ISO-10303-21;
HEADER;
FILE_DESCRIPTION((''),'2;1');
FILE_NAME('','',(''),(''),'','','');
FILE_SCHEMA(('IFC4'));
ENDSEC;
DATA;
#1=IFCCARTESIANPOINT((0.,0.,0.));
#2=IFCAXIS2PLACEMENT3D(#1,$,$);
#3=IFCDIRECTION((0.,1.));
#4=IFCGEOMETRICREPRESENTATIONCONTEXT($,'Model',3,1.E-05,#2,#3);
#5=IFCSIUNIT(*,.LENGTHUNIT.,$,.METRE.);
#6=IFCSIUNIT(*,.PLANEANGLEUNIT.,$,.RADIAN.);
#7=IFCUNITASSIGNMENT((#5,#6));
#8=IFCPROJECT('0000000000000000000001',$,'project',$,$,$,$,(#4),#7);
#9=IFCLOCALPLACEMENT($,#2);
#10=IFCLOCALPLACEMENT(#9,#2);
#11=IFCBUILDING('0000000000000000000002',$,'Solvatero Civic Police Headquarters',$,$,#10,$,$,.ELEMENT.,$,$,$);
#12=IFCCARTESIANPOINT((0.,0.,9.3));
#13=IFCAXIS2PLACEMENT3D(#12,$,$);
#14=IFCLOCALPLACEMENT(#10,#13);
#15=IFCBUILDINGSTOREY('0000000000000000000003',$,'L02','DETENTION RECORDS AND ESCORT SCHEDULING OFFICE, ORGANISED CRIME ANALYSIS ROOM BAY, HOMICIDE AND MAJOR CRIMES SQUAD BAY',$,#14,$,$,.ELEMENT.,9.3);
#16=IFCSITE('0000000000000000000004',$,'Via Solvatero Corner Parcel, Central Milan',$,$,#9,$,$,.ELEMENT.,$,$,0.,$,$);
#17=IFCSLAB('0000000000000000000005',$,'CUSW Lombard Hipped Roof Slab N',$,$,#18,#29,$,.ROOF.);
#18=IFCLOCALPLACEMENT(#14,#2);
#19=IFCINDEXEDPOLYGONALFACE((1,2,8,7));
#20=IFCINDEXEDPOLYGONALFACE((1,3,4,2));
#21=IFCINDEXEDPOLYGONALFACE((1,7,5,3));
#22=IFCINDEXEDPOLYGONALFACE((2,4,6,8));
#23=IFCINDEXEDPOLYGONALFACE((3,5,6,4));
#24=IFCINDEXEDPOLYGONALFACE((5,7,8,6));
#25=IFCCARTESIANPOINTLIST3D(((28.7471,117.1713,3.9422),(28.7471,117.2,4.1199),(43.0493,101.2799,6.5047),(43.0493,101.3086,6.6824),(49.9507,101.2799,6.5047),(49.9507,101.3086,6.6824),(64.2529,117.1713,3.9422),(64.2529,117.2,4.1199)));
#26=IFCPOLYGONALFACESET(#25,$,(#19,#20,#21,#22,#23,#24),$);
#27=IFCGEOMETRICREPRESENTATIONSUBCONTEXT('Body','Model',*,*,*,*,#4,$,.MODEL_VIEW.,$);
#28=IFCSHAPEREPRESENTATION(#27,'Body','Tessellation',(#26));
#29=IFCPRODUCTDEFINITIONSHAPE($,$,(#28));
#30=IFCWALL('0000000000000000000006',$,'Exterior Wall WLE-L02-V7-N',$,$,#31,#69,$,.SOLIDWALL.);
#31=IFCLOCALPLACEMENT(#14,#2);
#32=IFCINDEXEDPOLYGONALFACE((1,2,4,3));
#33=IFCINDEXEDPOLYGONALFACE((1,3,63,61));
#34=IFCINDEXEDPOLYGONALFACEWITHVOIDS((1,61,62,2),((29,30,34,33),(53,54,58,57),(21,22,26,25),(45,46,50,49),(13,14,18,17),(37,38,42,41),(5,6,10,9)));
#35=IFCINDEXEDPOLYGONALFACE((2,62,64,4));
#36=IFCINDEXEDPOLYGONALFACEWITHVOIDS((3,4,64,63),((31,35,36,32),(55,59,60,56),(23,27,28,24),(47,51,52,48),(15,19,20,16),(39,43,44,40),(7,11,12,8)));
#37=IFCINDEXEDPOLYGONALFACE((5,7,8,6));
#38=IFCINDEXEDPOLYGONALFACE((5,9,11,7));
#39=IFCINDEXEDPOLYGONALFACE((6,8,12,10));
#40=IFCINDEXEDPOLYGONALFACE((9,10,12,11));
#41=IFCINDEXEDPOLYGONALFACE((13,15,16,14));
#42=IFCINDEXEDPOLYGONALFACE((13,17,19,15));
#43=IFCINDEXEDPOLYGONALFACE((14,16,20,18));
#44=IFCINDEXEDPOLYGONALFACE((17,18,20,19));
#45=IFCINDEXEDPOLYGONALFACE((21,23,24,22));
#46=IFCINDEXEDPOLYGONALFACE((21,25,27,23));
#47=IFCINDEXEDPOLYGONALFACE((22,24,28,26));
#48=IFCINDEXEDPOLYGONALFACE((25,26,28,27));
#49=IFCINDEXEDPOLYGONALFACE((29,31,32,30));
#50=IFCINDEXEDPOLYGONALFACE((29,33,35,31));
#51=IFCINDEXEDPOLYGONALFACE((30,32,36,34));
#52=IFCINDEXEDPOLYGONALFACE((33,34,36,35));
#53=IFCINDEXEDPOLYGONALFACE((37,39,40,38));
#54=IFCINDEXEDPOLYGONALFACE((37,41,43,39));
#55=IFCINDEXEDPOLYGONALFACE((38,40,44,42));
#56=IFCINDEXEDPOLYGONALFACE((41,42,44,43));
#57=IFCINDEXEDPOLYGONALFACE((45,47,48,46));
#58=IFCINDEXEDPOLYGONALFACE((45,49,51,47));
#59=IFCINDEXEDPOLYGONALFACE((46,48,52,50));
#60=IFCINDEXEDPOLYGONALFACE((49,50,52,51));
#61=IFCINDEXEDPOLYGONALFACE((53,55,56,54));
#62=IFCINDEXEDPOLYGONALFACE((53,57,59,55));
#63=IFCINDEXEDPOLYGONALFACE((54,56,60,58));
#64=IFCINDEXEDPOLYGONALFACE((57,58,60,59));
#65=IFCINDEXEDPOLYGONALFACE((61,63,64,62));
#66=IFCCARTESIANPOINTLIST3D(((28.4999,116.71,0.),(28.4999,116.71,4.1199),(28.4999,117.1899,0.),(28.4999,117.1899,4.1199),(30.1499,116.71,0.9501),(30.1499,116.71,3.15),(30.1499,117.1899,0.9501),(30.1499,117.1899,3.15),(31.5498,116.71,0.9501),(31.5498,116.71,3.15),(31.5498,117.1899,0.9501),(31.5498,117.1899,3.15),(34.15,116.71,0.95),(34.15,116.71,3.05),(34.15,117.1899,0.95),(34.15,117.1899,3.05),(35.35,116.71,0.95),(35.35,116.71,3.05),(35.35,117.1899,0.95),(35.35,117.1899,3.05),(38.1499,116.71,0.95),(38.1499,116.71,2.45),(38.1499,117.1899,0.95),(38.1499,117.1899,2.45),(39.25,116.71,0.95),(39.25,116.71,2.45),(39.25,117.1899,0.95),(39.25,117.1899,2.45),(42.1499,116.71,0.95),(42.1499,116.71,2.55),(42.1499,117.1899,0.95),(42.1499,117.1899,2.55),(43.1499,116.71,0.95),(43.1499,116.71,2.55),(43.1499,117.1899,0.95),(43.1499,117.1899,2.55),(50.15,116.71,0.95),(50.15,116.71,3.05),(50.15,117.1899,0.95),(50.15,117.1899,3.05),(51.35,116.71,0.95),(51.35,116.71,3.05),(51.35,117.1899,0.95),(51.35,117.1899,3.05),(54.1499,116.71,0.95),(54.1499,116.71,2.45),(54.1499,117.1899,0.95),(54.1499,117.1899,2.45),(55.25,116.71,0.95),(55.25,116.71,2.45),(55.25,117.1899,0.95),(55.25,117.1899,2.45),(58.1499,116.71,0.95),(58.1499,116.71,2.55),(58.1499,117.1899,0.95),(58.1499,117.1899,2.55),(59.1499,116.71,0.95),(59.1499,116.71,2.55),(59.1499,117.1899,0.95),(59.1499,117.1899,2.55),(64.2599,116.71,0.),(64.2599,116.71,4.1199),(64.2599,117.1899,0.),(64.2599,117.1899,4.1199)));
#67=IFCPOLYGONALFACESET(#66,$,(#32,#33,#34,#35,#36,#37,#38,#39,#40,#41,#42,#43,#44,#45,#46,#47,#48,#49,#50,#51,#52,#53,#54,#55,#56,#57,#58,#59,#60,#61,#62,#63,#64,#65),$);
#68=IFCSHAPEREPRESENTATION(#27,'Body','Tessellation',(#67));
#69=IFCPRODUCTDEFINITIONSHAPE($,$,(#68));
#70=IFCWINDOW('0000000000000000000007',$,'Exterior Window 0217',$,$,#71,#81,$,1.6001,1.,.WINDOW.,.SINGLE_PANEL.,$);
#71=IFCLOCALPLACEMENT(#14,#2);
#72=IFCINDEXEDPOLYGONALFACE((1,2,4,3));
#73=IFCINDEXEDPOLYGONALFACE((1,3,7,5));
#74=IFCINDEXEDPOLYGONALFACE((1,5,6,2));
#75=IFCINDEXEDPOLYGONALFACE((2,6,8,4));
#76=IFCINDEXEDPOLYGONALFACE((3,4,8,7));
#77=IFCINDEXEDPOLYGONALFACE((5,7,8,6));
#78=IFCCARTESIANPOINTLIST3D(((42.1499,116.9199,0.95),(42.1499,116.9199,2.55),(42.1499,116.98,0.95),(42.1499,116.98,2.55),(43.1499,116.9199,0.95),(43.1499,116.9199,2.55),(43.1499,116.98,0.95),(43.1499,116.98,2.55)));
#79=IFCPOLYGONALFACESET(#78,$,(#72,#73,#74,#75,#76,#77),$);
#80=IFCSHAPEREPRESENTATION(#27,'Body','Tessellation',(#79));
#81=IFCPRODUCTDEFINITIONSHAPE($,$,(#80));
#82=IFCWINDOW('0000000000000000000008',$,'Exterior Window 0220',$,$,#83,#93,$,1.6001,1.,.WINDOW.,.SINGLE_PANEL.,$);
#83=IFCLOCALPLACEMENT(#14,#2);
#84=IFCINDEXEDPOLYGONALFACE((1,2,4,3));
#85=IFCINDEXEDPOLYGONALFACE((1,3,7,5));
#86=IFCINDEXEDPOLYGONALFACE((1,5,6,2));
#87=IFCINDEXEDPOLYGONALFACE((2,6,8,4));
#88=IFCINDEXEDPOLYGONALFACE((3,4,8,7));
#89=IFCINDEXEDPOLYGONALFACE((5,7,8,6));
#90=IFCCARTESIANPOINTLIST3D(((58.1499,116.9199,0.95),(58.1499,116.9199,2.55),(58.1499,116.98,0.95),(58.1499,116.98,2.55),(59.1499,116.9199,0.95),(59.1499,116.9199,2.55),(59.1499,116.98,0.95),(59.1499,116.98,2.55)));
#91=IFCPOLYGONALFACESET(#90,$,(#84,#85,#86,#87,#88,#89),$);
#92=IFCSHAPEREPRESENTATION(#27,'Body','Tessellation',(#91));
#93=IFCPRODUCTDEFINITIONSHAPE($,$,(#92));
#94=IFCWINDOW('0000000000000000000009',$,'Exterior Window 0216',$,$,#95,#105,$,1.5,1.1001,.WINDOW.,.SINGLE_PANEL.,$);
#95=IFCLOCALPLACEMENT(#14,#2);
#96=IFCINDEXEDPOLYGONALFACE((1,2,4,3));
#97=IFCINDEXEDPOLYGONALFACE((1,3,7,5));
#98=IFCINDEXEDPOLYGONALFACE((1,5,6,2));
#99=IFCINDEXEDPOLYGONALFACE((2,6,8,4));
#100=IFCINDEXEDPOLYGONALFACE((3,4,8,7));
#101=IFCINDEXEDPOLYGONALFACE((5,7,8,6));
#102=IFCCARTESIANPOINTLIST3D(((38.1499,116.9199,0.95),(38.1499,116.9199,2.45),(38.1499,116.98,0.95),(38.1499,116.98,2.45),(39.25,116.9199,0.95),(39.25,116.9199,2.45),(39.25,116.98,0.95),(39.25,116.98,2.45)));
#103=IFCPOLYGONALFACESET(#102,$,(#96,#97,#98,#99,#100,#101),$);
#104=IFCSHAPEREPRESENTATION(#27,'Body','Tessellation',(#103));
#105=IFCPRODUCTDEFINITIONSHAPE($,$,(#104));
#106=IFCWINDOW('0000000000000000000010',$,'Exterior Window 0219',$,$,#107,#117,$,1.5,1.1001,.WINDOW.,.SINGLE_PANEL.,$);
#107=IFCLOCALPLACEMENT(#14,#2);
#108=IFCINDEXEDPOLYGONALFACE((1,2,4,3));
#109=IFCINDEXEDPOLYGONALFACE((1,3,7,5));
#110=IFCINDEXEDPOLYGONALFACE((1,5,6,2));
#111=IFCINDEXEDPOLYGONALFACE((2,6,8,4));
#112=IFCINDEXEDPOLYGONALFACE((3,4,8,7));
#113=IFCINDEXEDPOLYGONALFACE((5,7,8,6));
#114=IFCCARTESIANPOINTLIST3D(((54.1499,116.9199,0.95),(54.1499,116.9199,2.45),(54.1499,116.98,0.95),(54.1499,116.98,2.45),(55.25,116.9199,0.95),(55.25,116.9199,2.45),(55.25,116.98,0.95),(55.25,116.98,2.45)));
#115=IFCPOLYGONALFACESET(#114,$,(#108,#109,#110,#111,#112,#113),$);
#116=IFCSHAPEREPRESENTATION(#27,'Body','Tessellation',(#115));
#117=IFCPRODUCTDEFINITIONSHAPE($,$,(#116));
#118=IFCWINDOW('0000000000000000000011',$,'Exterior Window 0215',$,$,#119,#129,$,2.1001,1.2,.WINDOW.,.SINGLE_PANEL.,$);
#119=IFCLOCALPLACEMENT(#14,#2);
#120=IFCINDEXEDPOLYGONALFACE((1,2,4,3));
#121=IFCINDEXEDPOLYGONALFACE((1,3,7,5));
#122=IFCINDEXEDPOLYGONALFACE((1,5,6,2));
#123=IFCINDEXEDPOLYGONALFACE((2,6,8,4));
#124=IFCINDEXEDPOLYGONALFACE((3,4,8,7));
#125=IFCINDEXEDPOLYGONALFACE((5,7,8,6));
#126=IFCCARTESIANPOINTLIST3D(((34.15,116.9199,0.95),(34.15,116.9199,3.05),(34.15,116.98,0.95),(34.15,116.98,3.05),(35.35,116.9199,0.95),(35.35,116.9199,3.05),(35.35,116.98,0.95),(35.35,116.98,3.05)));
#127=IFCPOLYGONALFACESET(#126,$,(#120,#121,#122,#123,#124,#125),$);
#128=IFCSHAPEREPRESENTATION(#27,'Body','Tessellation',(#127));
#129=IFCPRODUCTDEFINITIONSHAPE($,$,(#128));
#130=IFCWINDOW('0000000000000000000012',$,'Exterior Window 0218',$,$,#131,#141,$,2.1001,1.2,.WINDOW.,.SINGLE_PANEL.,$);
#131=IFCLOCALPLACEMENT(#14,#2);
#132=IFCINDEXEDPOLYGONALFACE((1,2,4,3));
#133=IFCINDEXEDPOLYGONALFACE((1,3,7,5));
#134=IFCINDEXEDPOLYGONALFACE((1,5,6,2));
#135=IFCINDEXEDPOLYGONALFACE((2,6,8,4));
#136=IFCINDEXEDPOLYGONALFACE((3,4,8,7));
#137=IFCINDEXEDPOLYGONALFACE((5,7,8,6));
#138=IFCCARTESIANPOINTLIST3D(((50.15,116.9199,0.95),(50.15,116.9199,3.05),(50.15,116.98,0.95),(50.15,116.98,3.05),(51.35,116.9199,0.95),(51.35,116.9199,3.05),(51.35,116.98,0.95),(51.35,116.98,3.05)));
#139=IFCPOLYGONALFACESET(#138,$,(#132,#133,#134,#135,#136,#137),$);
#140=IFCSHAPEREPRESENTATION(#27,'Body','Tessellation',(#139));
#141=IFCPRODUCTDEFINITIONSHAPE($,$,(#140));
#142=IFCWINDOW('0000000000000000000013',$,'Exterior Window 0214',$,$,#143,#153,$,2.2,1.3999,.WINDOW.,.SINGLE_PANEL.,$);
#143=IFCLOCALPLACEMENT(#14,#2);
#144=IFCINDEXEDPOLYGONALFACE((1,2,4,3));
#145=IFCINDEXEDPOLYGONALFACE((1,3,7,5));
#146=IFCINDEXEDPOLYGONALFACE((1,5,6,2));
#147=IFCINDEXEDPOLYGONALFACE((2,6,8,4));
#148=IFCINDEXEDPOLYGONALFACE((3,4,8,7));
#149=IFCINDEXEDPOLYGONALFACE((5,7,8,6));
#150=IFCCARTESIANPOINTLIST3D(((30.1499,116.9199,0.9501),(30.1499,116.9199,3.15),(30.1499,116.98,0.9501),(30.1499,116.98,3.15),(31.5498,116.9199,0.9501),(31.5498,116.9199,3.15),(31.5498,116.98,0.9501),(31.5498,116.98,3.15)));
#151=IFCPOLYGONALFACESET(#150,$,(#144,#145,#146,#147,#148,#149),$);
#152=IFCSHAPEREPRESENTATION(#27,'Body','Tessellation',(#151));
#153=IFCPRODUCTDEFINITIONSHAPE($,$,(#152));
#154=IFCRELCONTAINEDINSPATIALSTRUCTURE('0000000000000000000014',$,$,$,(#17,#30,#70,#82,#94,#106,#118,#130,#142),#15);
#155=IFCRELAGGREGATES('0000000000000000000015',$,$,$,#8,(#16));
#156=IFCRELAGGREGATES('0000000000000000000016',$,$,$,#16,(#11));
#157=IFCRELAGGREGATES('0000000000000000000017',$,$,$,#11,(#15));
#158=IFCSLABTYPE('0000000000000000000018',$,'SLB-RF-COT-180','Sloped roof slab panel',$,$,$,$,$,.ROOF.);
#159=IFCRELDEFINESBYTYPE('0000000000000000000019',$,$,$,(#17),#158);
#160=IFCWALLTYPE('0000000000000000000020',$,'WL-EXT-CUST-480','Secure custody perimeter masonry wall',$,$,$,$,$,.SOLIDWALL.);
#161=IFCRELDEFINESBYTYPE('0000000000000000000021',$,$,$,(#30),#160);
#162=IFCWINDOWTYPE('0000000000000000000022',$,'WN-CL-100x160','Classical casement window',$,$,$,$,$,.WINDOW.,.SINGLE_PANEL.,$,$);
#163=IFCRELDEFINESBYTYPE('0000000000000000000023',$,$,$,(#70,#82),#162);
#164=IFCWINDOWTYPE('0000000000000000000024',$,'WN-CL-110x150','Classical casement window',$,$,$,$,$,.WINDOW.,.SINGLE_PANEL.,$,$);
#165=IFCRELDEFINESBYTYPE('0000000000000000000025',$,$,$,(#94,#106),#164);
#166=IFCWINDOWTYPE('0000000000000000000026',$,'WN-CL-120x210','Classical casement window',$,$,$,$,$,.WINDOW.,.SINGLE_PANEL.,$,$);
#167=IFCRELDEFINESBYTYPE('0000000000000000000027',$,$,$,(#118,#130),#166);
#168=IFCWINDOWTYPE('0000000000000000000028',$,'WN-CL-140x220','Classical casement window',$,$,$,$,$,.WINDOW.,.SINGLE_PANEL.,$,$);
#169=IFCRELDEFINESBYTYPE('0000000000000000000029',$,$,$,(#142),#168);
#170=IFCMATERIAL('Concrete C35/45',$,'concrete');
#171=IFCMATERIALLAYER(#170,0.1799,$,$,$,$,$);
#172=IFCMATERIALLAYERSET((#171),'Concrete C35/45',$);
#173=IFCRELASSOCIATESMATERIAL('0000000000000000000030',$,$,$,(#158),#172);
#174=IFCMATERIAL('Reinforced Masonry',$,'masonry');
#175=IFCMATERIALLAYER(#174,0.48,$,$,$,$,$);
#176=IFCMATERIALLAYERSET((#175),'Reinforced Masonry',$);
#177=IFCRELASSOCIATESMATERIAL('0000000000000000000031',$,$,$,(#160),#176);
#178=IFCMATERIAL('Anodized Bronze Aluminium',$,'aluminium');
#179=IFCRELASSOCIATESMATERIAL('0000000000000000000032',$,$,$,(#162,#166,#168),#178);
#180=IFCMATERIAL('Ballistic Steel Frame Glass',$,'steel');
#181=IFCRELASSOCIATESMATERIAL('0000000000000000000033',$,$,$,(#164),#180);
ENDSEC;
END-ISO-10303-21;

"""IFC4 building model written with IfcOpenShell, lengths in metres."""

from ifc_helpers import new_model, si_unit, direction, frame, frame_2d, origin, place, context, subcontext, project, spatial, polyline, rectangle, outline, extrude, material, layer, layer_set, type_object, element, fill, save


model = new_model("IFC4")

# Units and contexts
model_context = context("Model", 3, precision=1e-05, world=origin(), true_north=direction((0.0, 1.0)))
body_context = subcontext(model_context, "Body", "Model", "MODEL_VIEW")
ifc_project = project(units=[si_unit("LENGTHUNIT", "METRE"), si_unit("PLANEANGLEUNIT", "RADIAN")], contexts=[model_context])

# Site, building, storey
site_placement = place(None, origin())
site = spatial("IfcSite", under=ifc_project, at=site_placement, Name="Via Solvatero Corner Parcel, Central Milan", CompositionType="ELEMENT", RefElevation=0.0)
building_placement = place(site_placement, origin())
building = spatial("IfcBuilding", under=site, at=building_placement, Name="Solvatero Civic Police Headquarters", CompositionType="ELEMENT")
storey_placement = place(building_placement, frame((0.0, 0.0, 9.3)))
storey = spatial("IfcBuildingStorey", under=building, at=storey_placement, Name="L02", Description="DETENTION RECORDS AND ESCORT SCHEDULING OFFICE, ORGANISED CRIME ANALYSIS ROOM BAY, HOMICIDE AND MAJOR CRIMES SQUAD BAY", CompositionType="ELEMENT", Elevation=9.3)

# Slab
ifc_material_1 = material(Name="Concrete C35/45", Category="concrete")
ifc_layer_1 = layer(ifc_material_1, 0.1799)
ifc_layer_set_1 = layer_set([ifc_layer_1], Name="Concrete C35/45")
slab_type = type_object("IfcSlabType", Name="SLB-RF-COT-180", Description="Sloped roof slab panel", PredefinedType="ROOF", material=ifc_layer_set_1)
slab_placement = place(storey_placement, frame((43.0493, 101.3086, 6.6824), z_axis=(0.0, 0.159195, 0.987247), x_axis=(-0.664211, 0.738011, -0.119005)))
element("IfcSlab", 1, at=slab_placement, inside=storey, type_object=slab_type, Name="CUSW Lombard Hipped Roof Slab N", PredefinedType="ROOF", context=body_context, shape_type="SweptSolid", body=[
    extrude(outline(polyline([(0.0, 0.0), (21.5327, 0.0), (-2.0507, -26.5422), (-4.584, -5.1591), (0.0, 0.0)])), origin(), (0.0, 0.0, -1.0), 0.1799),
])

# Wall, openings, windows
ifc_material_2 = material(Name="Reinforced Masonry", Category="masonry")
ifc_layer_2 = layer(ifc_material_2, 0.48)
ifc_layer_set_2 = layer_set([ifc_layer_2], Name="Reinforced Masonry")
wall_type = type_object("IfcWallType", Name="WL-EXT-CUST-480", Description="Secure custody perimeter masonry wall", PredefinedType="SOLIDWALL", material=ifc_layer_set_2)
wall_placement = place(storey_placement, frame((28.5, 116.95, 0.0), z_axis=(0.0, 0.0, 1.0), x_axis=(1.0, 0.0, 0.0)))
wall = element("IfcWall", 2, at=wall_placement, inside=storey, type_object=wall_type, Name="Exterior Wall WLE-L02-V7-N", PredefinedType="SOLIDWALL", context=body_context, shape_type="SweptSolid", body=[
    extrude(rectangle(XDim=35.76, YDim=0.48, at=frame_2d((17.8799, 0.0))), origin(), (0.0, 0.0, 1.0), 4.1199),
])
opening_1_placement = place(wall_placement, frame((1.6499, 0.0, 0.95)))
opening_1 = element("IfcOpeningElement", 3, at=opening_1_placement, cuts=wall, PredefinedType="OPENING", context=body_context, shape_type="SweptSolid", body=[
    extrude(rectangle(XDim=1.3999, YDim=2.2, at=frame_2d((0.7, 1.1001))), frame((0.0, 0.25, 0.0), z_axis=(0.0, -1.0, 0.0), x_axis=(1.0, 0.0, 0.0)), (0.0, 0.0, 1.0), 0.5),
])
opening_2_placement = place(wall_placement, frame((5.6499, 0.0, 0.95)))
opening_2 = element("IfcOpeningElement", 4, at=opening_2_placement, cuts=wall, PredefinedType="OPENING", context=body_context, shape_type="SweptSolid", body=[
    extrude(rectangle(XDim=1.2, YDim=2.1001, at=frame_2d((0.6001, 1.05))), frame((0.0, 0.25, 0.0), z_axis=(0.0, -1.0, 0.0), x_axis=(1.0, 0.0, 0.0)), (0.0, 0.0, 1.0), 0.5),
])
opening_3_placement = place(wall_placement, frame((9.6499, 0.0, 0.95)))
opening_3 = element("IfcOpeningElement", 5, at=opening_3_placement, cuts=wall, PredefinedType="OPENING", context=body_context, shape_type="SweptSolid", body=[
    extrude(rectangle(XDim=1.1001, YDim=1.5, at=frame_2d((0.55, 0.75))), frame((0.0, 0.25, 0.0), z_axis=(0.0, -1.0, 0.0), x_axis=(1.0, 0.0, 0.0)), (0.0, 0.0, 1.0), 0.5),
])
opening_4_placement = place(wall_placement, frame((13.6499, 0.0, 0.95)))
opening_4 = element("IfcOpeningElement", 6, at=opening_4_placement, cuts=wall, PredefinedType="OPENING", context=body_context, shape_type="SweptSolid", body=[
    extrude(rectangle(XDim=1.0, YDim=1.6001, at=frame_2d((0.5, 0.8))), frame((0.0, 0.25, 0.0), z_axis=(0.0, -1.0, 0.0), x_axis=(1.0, 0.0, 0.0)), (0.0, 0.0, 1.0), 0.5),
])
opening_5_placement = place(wall_placement, frame((21.6499, 0.0, 0.95)))
opening_5 = element("IfcOpeningElement", 7, at=opening_5_placement, cuts=wall, PredefinedType="OPENING", context=body_context, shape_type="SweptSolid", body=[
    extrude(rectangle(XDim=1.2, YDim=2.1001, at=frame_2d((0.6001, 1.05))), frame((0.0, 0.25, 0.0), z_axis=(0.0, -1.0, 0.0), x_axis=(1.0, 0.0, 0.0)), (0.0, 0.0, 1.0), 0.5),
])
opening_6_placement = place(wall_placement, frame((25.6499, 0.0, 0.95)))
opening_6 = element("IfcOpeningElement", 8, at=opening_6_placement, cuts=wall, PredefinedType="OPENING", context=body_context, shape_type="SweptSolid", body=[
    extrude(rectangle(XDim=1.1001, YDim=1.5, at=frame_2d((0.55, 0.75))), frame((0.0, 0.25, 0.0), z_axis=(0.0, -1.0, 0.0), x_axis=(1.0, 0.0, 0.0)), (0.0, 0.0, 1.0), 0.5),
])
opening_7_placement = place(wall_placement, frame((29.6499, 0.0, 0.95)))
opening_7 = element("IfcOpeningElement", 9, at=opening_7_placement, cuts=wall, PredefinedType="OPENING", context=body_context, shape_type="SweptSolid", body=[
    extrude(rectangle(XDim=1.0, YDim=1.6001, at=frame_2d((0.5, 0.8))), frame((0.0, 0.25, 0.0), z_axis=(0.0, -1.0, 0.0), x_axis=(1.0, 0.0, 0.0)), (0.0, 0.0, 1.0), 0.5),
])
ifc_material_3 = material(Name="Anodized Bronze Aluminium", Category="aluminium")
window_type_1 = type_object("IfcWindowType", Name="WN-CL-100x160", Description="Classical casement window", PartitioningType="SINGLE_PANEL", PredefinedType="WINDOW", material=ifc_material_3)
window_1_placement = place(opening_4_placement, origin())
window_1 = element("IfcWindow", 10, at=window_1_placement, inside=storey, type_object=window_type_1, Name="Exterior Window 0217", OverallHeight=1.6001, OverallWidth=1.0, PartitioningType="SINGLE_PANEL", PredefinedType="WINDOW", context=body_context, shape_type="SweptSolid", body=[
    extrude(rectangle(XDim=1.0, YDim=1.6001, at=frame_2d((0.5, 0.8))), frame((0.0, 0.03, 0.0), z_axis=(0.0, -1.0, 0.0), x_axis=(1.0, 0.0, 0.0)), (0.0, 0.0, 1.0), 0.0601),
])
fill(opening_4, window_1)
window_2_placement = place(opening_7_placement, origin())
window_2 = element("IfcWindow", 11, at=window_2_placement, inside=storey, type_object=window_type_1, Name="Exterior Window 0220", OverallHeight=1.6001, OverallWidth=1.0, PartitioningType="SINGLE_PANEL", PredefinedType="WINDOW", context=body_context, shape_type="SweptSolid", body=[
    extrude(rectangle(XDim=1.0, YDim=1.6001, at=frame_2d((0.5, 0.8))), frame((0.0, 0.03, 0.0), z_axis=(0.0, -1.0, 0.0), x_axis=(1.0, 0.0, 0.0)), (0.0, 0.0, 1.0), 0.0601),
])
fill(opening_7, window_2)
ifc_material_4 = material(Name="Ballistic Steel Frame Glass", Category="steel")
window_type_2 = type_object("IfcWindowType", Name="WN-CL-110x150", Description="Classical casement window", PartitioningType="SINGLE_PANEL", PredefinedType="WINDOW", material=ifc_material_4)
window_3_placement = place(opening_3_placement, origin())
window_3 = element("IfcWindow", 12, at=window_3_placement, inside=storey, type_object=window_type_2, Name="Exterior Window 0216", OverallHeight=1.5, OverallWidth=1.1001, PartitioningType="SINGLE_PANEL", PredefinedType="WINDOW", context=body_context, shape_type="SweptSolid", body=[
    extrude(rectangle(XDim=1.1001, YDim=1.5, at=frame_2d((0.55, 0.75))), frame((0.0, 0.03, 0.0), z_axis=(0.0, -1.0, 0.0), x_axis=(1.0, 0.0, 0.0)), (0.0, 0.0, 1.0), 0.0601),
])
fill(opening_3, window_3)
window_4_placement = place(opening_6_placement, origin())
window_4 = element("IfcWindow", 13, at=window_4_placement, inside=storey, type_object=window_type_2, Name="Exterior Window 0219", OverallHeight=1.5, OverallWidth=1.1001, PartitioningType="SINGLE_PANEL", PredefinedType="WINDOW", context=body_context, shape_type="SweptSolid", body=[
    extrude(rectangle(XDim=1.1001, YDim=1.5, at=frame_2d((0.55, 0.75))), frame((0.0, 0.03, 0.0), z_axis=(0.0, -1.0, 0.0), x_axis=(1.0, 0.0, 0.0)), (0.0, 0.0, 1.0), 0.0601),
])
fill(opening_6, window_4)
window_type_3 = type_object("IfcWindowType", Name="WN-CL-120x210", Description="Classical casement window", PartitioningType="SINGLE_PANEL", PredefinedType="WINDOW", material=ifc_material_3)
window_5_placement = place(opening_2_placement, origin())
window_5 = element("IfcWindow", 14, at=window_5_placement, inside=storey, type_object=window_type_3, Name="Exterior Window 0215", OverallHeight=2.1001, OverallWidth=1.2, PartitioningType="SINGLE_PANEL", PredefinedType="WINDOW", context=body_context, shape_type="SweptSolid", body=[
    extrude(rectangle(XDim=1.2, YDim=2.1001, at=frame_2d((0.6001, 1.05))), frame((0.0, 0.03, 0.0), z_axis=(0.0, -1.0, 0.0), x_axis=(1.0, 0.0, 0.0)), (0.0, 0.0, 1.0), 0.0601),
])
fill(opening_2, window_5)
window_6_placement = place(opening_5_placement, origin())
window_6 = element("IfcWindow", 15, at=window_6_placement, inside=storey, type_object=window_type_3, Name="Exterior Window 0218", OverallHeight=2.1001, OverallWidth=1.2, PartitioningType="SINGLE_PANEL", PredefinedType="WINDOW", context=body_context, shape_type="SweptSolid", body=[
    extrude(rectangle(XDim=1.2, YDim=2.1001, at=frame_2d((0.6001, 1.05))), frame((0.0, 0.03, 0.0), z_axis=(0.0, -1.0, 0.0), x_axis=(1.0, 0.0, 0.0)), (0.0, 0.0, 1.0), 0.0601),
])
fill(opening_5, window_6)
window_type_4 = type_object("IfcWindowType", Name="WN-CL-140x220", Description="Classical casement window", PartitioningType="SINGLE_PANEL", PredefinedType="WINDOW", material=ifc_material_3)
window_7_placement = place(opening_1_placement, origin())
window_7 = element("IfcWindow", 16, at=window_7_placement, inside=storey, type_object=window_type_4, Name="Exterior Window 0214", OverallHeight=2.2, OverallWidth=1.3999, PartitioningType="SINGLE_PANEL", PredefinedType="WINDOW", context=body_context, shape_type="SweptSolid", body=[
    extrude(rectangle(XDim=1.3999, YDim=2.2, at=frame_2d((0.7, 1.1001))), frame((0.0, 0.03, 0.0), z_axis=(0.0, -1.0, 0.0), x_axis=(1.0, 0.0, 0.0)), (0.0, 0.0, 1.0), 0.0601),
])
fill(opening_1, window_7)

save(model, "model.ifc")
